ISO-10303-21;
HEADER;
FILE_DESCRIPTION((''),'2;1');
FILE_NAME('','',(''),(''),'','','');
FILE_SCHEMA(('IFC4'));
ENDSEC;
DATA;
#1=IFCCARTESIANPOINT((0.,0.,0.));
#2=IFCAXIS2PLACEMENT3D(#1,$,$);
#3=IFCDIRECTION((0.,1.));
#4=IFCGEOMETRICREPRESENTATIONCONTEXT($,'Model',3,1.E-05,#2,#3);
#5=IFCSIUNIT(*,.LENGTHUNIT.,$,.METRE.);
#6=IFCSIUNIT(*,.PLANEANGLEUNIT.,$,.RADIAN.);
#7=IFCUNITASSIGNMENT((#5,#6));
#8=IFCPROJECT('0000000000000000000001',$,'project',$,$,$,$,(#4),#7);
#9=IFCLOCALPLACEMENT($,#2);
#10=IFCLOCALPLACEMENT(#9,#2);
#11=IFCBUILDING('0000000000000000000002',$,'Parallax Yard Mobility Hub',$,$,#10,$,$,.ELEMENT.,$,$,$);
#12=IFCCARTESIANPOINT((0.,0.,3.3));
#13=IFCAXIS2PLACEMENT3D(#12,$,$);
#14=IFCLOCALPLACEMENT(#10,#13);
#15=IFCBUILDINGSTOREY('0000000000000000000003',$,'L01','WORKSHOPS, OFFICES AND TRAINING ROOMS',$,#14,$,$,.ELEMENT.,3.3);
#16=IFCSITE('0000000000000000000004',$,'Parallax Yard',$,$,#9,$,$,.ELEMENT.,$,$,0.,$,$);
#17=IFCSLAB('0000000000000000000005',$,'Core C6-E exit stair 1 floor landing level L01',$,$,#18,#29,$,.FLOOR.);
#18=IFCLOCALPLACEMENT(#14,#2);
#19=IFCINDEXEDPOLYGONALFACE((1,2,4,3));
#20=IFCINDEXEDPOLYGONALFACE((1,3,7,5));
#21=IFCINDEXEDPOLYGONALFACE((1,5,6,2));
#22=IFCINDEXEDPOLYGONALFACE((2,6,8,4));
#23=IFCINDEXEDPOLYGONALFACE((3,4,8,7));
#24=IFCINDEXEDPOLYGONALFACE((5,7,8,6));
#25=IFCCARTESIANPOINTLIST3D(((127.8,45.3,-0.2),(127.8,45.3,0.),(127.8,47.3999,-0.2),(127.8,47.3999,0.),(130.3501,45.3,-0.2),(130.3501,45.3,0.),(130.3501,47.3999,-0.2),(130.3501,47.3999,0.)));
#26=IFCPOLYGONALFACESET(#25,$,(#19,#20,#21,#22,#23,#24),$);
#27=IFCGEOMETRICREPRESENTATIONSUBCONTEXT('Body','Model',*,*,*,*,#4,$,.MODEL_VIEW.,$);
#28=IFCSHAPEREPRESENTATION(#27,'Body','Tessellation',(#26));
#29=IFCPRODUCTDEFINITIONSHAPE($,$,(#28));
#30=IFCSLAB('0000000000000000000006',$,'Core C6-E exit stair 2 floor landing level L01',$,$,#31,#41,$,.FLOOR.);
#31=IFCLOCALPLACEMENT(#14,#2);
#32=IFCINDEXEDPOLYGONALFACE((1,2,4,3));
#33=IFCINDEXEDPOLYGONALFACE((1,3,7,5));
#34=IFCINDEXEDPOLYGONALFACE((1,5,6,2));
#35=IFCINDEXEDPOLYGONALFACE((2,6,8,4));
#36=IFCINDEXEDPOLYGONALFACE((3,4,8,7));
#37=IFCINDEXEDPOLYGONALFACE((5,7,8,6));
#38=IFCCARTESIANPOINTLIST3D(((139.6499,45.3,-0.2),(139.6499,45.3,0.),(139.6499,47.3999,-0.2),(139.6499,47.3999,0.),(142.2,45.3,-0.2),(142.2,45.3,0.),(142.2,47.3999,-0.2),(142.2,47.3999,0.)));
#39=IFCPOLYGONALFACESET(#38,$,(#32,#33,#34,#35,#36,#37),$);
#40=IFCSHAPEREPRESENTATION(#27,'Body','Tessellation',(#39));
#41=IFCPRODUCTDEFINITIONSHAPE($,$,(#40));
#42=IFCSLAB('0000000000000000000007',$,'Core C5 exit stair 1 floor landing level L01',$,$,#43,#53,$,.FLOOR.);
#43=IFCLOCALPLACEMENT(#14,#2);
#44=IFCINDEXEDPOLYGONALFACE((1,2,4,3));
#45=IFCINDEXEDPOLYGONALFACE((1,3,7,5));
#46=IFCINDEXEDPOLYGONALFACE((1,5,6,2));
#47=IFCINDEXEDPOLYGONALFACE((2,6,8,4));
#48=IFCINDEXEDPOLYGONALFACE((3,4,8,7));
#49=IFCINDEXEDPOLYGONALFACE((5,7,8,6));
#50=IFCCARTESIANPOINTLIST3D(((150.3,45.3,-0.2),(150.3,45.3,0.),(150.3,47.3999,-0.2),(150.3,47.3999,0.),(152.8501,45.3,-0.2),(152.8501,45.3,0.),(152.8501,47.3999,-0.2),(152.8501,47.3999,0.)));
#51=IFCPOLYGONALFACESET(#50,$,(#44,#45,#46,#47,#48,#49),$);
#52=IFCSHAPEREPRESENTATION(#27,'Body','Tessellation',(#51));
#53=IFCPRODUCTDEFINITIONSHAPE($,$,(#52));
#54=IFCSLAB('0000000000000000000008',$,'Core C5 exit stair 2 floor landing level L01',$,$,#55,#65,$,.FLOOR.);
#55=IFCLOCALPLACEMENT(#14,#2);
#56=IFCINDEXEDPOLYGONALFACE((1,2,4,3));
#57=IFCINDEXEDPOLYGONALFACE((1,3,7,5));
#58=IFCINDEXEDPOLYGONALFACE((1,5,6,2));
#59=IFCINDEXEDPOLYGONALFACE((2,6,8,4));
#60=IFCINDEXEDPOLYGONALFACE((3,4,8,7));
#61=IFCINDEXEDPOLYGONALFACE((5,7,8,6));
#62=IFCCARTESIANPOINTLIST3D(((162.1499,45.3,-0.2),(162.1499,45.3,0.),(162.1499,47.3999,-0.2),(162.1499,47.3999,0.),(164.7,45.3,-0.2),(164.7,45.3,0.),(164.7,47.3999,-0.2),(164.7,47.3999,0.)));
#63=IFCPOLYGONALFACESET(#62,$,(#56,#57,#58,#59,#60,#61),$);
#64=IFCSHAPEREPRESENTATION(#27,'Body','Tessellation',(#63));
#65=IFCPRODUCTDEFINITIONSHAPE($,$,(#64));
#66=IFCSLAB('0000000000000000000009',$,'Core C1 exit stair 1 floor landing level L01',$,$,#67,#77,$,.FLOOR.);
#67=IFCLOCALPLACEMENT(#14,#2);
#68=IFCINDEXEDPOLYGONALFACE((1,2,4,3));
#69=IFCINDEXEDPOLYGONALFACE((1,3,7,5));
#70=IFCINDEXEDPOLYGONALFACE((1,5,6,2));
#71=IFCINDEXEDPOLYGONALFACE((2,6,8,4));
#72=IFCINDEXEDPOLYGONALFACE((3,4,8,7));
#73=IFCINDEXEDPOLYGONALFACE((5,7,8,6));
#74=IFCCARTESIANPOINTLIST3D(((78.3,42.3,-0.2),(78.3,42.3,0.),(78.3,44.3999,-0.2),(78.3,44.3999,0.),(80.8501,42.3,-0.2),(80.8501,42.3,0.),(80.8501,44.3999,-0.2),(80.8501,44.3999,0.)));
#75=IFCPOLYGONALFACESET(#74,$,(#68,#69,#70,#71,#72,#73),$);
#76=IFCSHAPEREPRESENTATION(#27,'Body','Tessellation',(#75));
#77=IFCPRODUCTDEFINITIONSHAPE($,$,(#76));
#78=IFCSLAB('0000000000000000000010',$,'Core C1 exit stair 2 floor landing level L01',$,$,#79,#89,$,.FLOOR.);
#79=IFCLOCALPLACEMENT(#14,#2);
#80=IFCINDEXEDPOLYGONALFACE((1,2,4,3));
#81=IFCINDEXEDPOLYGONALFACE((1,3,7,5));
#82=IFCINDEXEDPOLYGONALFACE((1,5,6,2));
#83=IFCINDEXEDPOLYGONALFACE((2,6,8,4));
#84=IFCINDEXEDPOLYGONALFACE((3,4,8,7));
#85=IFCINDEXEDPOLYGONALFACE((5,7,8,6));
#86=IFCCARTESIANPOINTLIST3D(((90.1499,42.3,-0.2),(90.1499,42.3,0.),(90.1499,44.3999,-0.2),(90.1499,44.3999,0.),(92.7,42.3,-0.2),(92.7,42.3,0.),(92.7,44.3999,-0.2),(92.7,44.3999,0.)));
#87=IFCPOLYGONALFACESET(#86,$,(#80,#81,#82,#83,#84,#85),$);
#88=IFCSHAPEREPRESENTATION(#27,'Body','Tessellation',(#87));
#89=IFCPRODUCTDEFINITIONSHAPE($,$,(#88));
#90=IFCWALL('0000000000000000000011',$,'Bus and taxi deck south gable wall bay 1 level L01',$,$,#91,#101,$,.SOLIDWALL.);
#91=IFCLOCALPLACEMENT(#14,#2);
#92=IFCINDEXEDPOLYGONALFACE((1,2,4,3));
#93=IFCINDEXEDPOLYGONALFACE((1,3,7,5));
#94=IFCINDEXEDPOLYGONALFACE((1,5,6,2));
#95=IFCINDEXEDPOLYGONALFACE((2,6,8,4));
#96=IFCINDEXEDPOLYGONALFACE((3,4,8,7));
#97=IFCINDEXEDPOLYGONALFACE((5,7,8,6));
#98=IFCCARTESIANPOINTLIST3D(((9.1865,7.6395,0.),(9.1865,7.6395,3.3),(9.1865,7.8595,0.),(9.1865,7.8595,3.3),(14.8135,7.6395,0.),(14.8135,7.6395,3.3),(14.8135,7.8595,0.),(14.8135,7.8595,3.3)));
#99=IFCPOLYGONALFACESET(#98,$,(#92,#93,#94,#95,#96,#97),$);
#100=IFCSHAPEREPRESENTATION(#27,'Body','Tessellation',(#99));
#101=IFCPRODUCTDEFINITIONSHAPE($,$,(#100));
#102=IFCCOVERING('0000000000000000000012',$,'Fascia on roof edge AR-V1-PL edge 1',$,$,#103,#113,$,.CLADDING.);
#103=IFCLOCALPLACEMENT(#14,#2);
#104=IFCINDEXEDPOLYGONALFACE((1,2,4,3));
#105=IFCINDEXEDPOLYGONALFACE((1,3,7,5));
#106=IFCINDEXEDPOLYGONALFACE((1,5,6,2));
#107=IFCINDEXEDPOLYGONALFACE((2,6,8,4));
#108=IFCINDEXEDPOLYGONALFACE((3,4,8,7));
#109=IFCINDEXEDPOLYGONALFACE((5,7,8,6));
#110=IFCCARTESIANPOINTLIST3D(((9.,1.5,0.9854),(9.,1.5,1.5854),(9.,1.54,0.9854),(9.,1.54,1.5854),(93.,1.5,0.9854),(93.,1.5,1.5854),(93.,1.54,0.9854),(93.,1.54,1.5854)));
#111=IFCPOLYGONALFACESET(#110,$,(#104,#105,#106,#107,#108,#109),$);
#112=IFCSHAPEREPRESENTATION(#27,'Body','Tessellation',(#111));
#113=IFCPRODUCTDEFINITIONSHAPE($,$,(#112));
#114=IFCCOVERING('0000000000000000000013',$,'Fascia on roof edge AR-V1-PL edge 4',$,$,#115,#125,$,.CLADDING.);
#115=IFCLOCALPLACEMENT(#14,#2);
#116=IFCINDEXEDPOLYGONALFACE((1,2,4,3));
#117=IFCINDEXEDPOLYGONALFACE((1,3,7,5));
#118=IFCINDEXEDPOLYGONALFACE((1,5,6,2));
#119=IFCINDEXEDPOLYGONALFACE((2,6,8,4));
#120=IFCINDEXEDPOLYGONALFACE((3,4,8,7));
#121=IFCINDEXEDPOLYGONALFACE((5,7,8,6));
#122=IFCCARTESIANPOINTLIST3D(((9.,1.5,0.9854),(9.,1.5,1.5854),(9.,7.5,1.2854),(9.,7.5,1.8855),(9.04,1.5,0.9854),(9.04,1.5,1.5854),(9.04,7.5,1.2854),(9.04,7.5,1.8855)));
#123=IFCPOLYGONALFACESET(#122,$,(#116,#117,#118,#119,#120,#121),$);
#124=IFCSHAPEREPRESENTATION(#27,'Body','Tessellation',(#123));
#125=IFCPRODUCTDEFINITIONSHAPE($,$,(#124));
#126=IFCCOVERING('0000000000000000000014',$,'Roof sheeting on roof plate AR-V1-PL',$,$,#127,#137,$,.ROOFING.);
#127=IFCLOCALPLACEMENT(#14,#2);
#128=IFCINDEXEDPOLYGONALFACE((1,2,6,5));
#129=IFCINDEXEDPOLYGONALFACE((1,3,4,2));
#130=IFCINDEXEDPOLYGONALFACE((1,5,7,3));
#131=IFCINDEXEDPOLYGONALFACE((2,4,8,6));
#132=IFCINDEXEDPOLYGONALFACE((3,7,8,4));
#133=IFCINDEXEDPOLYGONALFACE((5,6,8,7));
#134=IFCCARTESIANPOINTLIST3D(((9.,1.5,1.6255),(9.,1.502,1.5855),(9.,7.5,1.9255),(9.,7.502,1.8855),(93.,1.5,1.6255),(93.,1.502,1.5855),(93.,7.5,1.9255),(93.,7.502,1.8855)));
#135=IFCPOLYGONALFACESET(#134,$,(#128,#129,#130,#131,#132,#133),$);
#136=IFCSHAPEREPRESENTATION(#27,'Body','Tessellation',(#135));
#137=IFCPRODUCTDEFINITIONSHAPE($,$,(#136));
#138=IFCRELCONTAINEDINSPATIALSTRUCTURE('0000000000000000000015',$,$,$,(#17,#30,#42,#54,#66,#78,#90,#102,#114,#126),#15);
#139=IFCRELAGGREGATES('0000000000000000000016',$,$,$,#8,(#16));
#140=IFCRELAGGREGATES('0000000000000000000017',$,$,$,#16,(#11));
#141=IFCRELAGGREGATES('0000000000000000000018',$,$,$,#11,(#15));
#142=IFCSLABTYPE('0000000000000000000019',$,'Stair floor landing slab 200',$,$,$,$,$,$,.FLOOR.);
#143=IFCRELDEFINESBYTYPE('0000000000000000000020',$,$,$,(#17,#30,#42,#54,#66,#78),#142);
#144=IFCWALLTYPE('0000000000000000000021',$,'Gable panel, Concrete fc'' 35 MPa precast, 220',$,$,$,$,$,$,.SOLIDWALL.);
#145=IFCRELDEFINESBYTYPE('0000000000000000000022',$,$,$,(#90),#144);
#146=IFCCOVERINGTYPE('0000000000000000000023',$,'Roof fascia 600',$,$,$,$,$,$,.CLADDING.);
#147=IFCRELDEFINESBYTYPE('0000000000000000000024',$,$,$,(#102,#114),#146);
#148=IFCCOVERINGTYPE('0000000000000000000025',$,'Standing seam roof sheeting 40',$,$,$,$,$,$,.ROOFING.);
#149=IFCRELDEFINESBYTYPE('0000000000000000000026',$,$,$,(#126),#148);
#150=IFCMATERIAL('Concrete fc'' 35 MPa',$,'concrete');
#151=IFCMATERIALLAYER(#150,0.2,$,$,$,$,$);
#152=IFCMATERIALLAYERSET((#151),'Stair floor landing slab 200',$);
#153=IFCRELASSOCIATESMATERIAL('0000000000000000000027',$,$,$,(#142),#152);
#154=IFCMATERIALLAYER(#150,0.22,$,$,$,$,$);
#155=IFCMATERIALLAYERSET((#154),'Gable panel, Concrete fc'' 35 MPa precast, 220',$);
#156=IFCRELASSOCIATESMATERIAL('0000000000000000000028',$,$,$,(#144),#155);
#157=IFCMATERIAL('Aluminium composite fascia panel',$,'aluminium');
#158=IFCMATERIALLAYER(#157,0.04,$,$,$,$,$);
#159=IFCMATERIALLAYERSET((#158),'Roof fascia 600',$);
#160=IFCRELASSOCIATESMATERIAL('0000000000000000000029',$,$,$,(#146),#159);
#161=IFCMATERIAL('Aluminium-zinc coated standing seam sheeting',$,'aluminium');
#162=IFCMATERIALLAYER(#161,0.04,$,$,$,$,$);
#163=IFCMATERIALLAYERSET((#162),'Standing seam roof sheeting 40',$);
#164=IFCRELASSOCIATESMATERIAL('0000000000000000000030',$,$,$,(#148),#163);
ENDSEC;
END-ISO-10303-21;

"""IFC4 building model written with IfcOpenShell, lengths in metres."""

from ifc_helpers import new_model, si_unit, direction, frame, frame_2d, origin, place, context, subcontext, project, spatial, polyline, rectangle, outline, extrude, material, layer, layer_set, type_object, element, save


model = new_model("IFC4")

# Units and contexts
model_context = context("Model", 3, precision=1e-05, world=origin(), true_north=direction((0.0, 1.0)))
body_context = subcontext(model_context, "Body", "Model", "MODEL_VIEW")
ifc_project = project(units=[si_unit("LENGTHUNIT", "METRE"), si_unit("PLANEANGLEUNIT", "RADIAN")], contexts=[model_context])

# Site, building, storey
site_placement = place(None, origin())
site = spatial("IfcSite", under=ifc_project, at=site_placement, Name="Parallax Yard", CompositionType="ELEMENT", RefElevation=0.0)
building_placement = place(site_placement, origin())
building = spatial("IfcBuilding", under=site, at=building_placement, Name="Parallax Yard Mobility Hub", CompositionType="ELEMENT")
storey_placement = place(building_placement, frame((0.0, 0.0, 3.3)))
storey = spatial("IfcBuildingStorey", under=building, at=storey_placement, Name="L01", Description="WORKSHOPS, OFFICES AND TRAINING ROOMS", CompositionType="ELEMENT", Elevation=3.3)

# Shared definitions
ifc_material_1 = material(Name="Concrete fc' 35 MPa", Category="concrete")

# Slabs
ifc_layer_1 = layer(ifc_material_1, 0.2)
ifc_layer_set_1 = layer_set([ifc_layer_1], Name="Stair floor landing slab 200")
slab_type_1 = type_object("IfcSlabType", Name="Stair floor landing slab 200", PredefinedType="FLOOR", material=ifc_layer_set_1)
slab_1_placement = place(storey_placement, frame((0.0, 0.0, -0.2)))
element("IfcSlab", 1, at=slab_1_placement, inside=storey, type_object=slab_type_1, Name="Core C6-E exit stair 1 floor landing level L01", PredefinedType="FLOOR", context=body_context, shape_type="SweptSolid", body=[
    extrude(outline(polyline([(130.3501, 45.3), (130.3501, 47.3999), (127.8, 47.3999), (127.8, 45.3), (130.3501, 45.3)])), origin(), (0.0, 0.0, 1.0), 0.2),
])
slab_2_placement = place(storey_placement, frame((0.0, 0.0, -0.2)))
element("IfcSlab", 2, at=slab_2_placement, inside=storey, type_object=slab_type_1, Name="Core C6-E exit stair 2 floor landing level L01", PredefinedType="FLOOR", context=body_context, shape_type="SweptSolid", body=[
    extrude(outline(polyline([(142.2, 45.3), (142.2, 47.3999), (139.6499, 47.3999), (139.6499, 45.3), (142.2, 45.3)])), origin(), (0.0, 0.0, 1.0), 0.2),
])
slab_3_placement = place(storey_placement, frame((0.0, 0.0, -0.2)))
element("IfcSlab", 3, at=slab_3_placement, inside=storey, type_object=slab_type_1, Name="Core C5 exit stair 1 floor landing level L01", PredefinedType="FLOOR", context=body_context, shape_type="SweptSolid", body=[
    extrude(outline(polyline([(152.8501, 45.3), (152.8501, 47.3999), (150.3, 47.3999), (150.3, 45.3), (152.8501, 45.3)])), origin(), (0.0, 0.0, 1.0), 0.2),
])
slab_4_placement = place(storey_placement, frame((0.0, 0.0, -0.2)))
element("IfcSlab", 4, at=slab_4_placement, inside=storey, type_object=slab_type_1, Name="Core C5 exit stair 2 floor landing level L01", PredefinedType="FLOOR", context=body_context, shape_type="SweptSolid", body=[
    extrude(outline(polyline([(164.7, 45.3), (164.7, 47.3999), (162.1499, 47.3999), (162.1499, 45.3), (164.7, 45.3)])), origin(), (0.0, 0.0, 1.0), 0.2),
])
slab_5_placement = place(storey_placement, frame((0.0, 0.0, -0.2)))
element("IfcSlab", 5, at=slab_5_placement, inside=storey, type_object=slab_type_1, Name="Core C1 exit stair 1 floor landing level L01", PredefinedType="FLOOR", context=body_context, shape_type="SweptSolid", body=[
    extrude(outline(polyline([(80.8501, 42.3), (80.8501, 44.3999), (78.3, 44.3999), (78.3, 42.3), (80.8501, 42.3)])), origin(), (0.0, 0.0, 1.0), 0.2),
])
slab_6_placement = place(storey_placement, frame((0.0, 0.0, -0.2)))
element("IfcSlab", 6, at=slab_6_placement, inside=storey, type_object=slab_type_1, Name="Core C1 exit stair 2 floor landing level L01", PredefinedType="FLOOR", context=body_context, shape_type="SweptSolid", body=[
    extrude(outline(polyline([(92.7, 42.3), (92.7, 44.3999), (90.1499, 44.3999), (90.1499, 42.3), (92.7, 42.3)])), origin(), (0.0, 0.0, 1.0), 0.2),
])

# Wall
ifc_layer_2 = layer(ifc_material_1, 0.22)
ifc_layer_set_2 = layer_set([ifc_layer_2], Name="Gable panel, Concrete fc' 35 MPa precast, 220")
wall_type = type_object("IfcWallType", Name="Gable panel, Concrete fc' 35 MPa precast, 220", PredefinedType="SOLIDWALL", material=ifc_layer_set_2)
wall_placement = place(storey_placement, frame((9.1865, 7.7495, 0.0), z_axis=(0.0, 0.0, 1.0), x_axis=(1.0, 0.0, 0.0)))
element("IfcWall", 7, at=wall_placement, inside=storey, type_object=wall_type, Name="Bus and taxi deck south gable wall bay 1 level L01", PredefinedType="SOLIDWALL", context=body_context, shape_type="SweptSolid", body=[
    extrude(rectangle(XDim=5.627, YDim=0.22, at=frame_2d((2.8135, 0.0))), origin(), (0.0, 0.0, 1.0), 3.3),
])

# Coverings
ifc_material_2 = material(Name="Aluminium composite fascia panel", Category="aluminium")
ifc_layer_3 = layer(ifc_material_2, 0.04)
ifc_layer_set_3 = layer_set([ifc_layer_3], Name="Roof fascia 600")
covering_type_1 = type_object("IfcCoveringType", Name="Roof fascia 600", PredefinedType="CLADDING", material=ifc_layer_set_3)
covering_1_placement = place(storey_placement, frame((9.0, 1.54, 1.5854), z_axis=(0.0, 1.0, 0.0), x_axis=(1.0, 0.0, 0.0)))
element("IfcCovering", 8, at=covering_1_placement, inside=storey, type_object=covering_type_1, Name="Fascia on roof edge AR-V1-PL edge 1", PredefinedType="CLADDING", context=body_context, shape_type="SweptSolid", body=[
    extrude(outline(polyline([(0.0, 0.0), (84.0, 0.0), (84.0, 0.6001), (0.0, 0.6001), (0.0, 0.0)])), origin(), (0.0, 0.0, -1.0), 0.04),
])
covering_2_placement = place(storey_placement, frame((9.04, 7.5, 1.8855), z_axis=(1.0, 0.0, 0.0), x_axis=(0.0, -0.998752, -0.049946)))
element("IfcCovering", 9, at=covering_2_placement, inside=storey, type_object=covering_type_1, Name="Fascia on roof edge AR-V1-PL edge 4", PredefinedType="CLADDING", context=body_context, shape_type="SweptSolid", body=[
    extrude(outline(polyline([(0.0, 0.0), (6.0075, 0.0), (6.0375, 0.5993), (0.03, 0.5993), (0.0, 0.0)])), origin(), (0.0, 0.0, -1.0), 0.04),
])
ifc_material_3 = material(Name="Aluminium-zinc coated standing seam sheeting", Category="aluminium")
ifc_layer_4 = layer(ifc_material_3, 0.04)
ifc_layer_set_4 = layer_set([ifc_layer_4], Name="Standing seam roof sheeting 40")
covering_type_2 = type_object("IfcCoveringType", Name="Standing seam roof sheeting 40", PredefinedType="ROOFING", material=ifc_layer_set_4)
covering_3_placement = place(storey_placement, frame((9.0, 1.5, 1.6255), z_axis=(0.0, -0.049946, 0.998752), x_axis=(1.0, 0.0, 0.0)))
element("IfcCovering", 10, at=covering_3_placement, inside=storey, type_object=covering_type_2, Name="Roof sheeting on roof plate AR-V1-PL", PredefinedType="ROOFING", context=body_context, shape_type="SweptSolid", body=[
    extrude(outline(polyline([(0.0, 0.0), (84.0, 0.0), (84.0, 6.0075), (0.0, 6.0075), (0.0, 0.0)])), origin(), (0.0, 0.0, -1.0), 0.04),
])

save(model, "model.ifc")
